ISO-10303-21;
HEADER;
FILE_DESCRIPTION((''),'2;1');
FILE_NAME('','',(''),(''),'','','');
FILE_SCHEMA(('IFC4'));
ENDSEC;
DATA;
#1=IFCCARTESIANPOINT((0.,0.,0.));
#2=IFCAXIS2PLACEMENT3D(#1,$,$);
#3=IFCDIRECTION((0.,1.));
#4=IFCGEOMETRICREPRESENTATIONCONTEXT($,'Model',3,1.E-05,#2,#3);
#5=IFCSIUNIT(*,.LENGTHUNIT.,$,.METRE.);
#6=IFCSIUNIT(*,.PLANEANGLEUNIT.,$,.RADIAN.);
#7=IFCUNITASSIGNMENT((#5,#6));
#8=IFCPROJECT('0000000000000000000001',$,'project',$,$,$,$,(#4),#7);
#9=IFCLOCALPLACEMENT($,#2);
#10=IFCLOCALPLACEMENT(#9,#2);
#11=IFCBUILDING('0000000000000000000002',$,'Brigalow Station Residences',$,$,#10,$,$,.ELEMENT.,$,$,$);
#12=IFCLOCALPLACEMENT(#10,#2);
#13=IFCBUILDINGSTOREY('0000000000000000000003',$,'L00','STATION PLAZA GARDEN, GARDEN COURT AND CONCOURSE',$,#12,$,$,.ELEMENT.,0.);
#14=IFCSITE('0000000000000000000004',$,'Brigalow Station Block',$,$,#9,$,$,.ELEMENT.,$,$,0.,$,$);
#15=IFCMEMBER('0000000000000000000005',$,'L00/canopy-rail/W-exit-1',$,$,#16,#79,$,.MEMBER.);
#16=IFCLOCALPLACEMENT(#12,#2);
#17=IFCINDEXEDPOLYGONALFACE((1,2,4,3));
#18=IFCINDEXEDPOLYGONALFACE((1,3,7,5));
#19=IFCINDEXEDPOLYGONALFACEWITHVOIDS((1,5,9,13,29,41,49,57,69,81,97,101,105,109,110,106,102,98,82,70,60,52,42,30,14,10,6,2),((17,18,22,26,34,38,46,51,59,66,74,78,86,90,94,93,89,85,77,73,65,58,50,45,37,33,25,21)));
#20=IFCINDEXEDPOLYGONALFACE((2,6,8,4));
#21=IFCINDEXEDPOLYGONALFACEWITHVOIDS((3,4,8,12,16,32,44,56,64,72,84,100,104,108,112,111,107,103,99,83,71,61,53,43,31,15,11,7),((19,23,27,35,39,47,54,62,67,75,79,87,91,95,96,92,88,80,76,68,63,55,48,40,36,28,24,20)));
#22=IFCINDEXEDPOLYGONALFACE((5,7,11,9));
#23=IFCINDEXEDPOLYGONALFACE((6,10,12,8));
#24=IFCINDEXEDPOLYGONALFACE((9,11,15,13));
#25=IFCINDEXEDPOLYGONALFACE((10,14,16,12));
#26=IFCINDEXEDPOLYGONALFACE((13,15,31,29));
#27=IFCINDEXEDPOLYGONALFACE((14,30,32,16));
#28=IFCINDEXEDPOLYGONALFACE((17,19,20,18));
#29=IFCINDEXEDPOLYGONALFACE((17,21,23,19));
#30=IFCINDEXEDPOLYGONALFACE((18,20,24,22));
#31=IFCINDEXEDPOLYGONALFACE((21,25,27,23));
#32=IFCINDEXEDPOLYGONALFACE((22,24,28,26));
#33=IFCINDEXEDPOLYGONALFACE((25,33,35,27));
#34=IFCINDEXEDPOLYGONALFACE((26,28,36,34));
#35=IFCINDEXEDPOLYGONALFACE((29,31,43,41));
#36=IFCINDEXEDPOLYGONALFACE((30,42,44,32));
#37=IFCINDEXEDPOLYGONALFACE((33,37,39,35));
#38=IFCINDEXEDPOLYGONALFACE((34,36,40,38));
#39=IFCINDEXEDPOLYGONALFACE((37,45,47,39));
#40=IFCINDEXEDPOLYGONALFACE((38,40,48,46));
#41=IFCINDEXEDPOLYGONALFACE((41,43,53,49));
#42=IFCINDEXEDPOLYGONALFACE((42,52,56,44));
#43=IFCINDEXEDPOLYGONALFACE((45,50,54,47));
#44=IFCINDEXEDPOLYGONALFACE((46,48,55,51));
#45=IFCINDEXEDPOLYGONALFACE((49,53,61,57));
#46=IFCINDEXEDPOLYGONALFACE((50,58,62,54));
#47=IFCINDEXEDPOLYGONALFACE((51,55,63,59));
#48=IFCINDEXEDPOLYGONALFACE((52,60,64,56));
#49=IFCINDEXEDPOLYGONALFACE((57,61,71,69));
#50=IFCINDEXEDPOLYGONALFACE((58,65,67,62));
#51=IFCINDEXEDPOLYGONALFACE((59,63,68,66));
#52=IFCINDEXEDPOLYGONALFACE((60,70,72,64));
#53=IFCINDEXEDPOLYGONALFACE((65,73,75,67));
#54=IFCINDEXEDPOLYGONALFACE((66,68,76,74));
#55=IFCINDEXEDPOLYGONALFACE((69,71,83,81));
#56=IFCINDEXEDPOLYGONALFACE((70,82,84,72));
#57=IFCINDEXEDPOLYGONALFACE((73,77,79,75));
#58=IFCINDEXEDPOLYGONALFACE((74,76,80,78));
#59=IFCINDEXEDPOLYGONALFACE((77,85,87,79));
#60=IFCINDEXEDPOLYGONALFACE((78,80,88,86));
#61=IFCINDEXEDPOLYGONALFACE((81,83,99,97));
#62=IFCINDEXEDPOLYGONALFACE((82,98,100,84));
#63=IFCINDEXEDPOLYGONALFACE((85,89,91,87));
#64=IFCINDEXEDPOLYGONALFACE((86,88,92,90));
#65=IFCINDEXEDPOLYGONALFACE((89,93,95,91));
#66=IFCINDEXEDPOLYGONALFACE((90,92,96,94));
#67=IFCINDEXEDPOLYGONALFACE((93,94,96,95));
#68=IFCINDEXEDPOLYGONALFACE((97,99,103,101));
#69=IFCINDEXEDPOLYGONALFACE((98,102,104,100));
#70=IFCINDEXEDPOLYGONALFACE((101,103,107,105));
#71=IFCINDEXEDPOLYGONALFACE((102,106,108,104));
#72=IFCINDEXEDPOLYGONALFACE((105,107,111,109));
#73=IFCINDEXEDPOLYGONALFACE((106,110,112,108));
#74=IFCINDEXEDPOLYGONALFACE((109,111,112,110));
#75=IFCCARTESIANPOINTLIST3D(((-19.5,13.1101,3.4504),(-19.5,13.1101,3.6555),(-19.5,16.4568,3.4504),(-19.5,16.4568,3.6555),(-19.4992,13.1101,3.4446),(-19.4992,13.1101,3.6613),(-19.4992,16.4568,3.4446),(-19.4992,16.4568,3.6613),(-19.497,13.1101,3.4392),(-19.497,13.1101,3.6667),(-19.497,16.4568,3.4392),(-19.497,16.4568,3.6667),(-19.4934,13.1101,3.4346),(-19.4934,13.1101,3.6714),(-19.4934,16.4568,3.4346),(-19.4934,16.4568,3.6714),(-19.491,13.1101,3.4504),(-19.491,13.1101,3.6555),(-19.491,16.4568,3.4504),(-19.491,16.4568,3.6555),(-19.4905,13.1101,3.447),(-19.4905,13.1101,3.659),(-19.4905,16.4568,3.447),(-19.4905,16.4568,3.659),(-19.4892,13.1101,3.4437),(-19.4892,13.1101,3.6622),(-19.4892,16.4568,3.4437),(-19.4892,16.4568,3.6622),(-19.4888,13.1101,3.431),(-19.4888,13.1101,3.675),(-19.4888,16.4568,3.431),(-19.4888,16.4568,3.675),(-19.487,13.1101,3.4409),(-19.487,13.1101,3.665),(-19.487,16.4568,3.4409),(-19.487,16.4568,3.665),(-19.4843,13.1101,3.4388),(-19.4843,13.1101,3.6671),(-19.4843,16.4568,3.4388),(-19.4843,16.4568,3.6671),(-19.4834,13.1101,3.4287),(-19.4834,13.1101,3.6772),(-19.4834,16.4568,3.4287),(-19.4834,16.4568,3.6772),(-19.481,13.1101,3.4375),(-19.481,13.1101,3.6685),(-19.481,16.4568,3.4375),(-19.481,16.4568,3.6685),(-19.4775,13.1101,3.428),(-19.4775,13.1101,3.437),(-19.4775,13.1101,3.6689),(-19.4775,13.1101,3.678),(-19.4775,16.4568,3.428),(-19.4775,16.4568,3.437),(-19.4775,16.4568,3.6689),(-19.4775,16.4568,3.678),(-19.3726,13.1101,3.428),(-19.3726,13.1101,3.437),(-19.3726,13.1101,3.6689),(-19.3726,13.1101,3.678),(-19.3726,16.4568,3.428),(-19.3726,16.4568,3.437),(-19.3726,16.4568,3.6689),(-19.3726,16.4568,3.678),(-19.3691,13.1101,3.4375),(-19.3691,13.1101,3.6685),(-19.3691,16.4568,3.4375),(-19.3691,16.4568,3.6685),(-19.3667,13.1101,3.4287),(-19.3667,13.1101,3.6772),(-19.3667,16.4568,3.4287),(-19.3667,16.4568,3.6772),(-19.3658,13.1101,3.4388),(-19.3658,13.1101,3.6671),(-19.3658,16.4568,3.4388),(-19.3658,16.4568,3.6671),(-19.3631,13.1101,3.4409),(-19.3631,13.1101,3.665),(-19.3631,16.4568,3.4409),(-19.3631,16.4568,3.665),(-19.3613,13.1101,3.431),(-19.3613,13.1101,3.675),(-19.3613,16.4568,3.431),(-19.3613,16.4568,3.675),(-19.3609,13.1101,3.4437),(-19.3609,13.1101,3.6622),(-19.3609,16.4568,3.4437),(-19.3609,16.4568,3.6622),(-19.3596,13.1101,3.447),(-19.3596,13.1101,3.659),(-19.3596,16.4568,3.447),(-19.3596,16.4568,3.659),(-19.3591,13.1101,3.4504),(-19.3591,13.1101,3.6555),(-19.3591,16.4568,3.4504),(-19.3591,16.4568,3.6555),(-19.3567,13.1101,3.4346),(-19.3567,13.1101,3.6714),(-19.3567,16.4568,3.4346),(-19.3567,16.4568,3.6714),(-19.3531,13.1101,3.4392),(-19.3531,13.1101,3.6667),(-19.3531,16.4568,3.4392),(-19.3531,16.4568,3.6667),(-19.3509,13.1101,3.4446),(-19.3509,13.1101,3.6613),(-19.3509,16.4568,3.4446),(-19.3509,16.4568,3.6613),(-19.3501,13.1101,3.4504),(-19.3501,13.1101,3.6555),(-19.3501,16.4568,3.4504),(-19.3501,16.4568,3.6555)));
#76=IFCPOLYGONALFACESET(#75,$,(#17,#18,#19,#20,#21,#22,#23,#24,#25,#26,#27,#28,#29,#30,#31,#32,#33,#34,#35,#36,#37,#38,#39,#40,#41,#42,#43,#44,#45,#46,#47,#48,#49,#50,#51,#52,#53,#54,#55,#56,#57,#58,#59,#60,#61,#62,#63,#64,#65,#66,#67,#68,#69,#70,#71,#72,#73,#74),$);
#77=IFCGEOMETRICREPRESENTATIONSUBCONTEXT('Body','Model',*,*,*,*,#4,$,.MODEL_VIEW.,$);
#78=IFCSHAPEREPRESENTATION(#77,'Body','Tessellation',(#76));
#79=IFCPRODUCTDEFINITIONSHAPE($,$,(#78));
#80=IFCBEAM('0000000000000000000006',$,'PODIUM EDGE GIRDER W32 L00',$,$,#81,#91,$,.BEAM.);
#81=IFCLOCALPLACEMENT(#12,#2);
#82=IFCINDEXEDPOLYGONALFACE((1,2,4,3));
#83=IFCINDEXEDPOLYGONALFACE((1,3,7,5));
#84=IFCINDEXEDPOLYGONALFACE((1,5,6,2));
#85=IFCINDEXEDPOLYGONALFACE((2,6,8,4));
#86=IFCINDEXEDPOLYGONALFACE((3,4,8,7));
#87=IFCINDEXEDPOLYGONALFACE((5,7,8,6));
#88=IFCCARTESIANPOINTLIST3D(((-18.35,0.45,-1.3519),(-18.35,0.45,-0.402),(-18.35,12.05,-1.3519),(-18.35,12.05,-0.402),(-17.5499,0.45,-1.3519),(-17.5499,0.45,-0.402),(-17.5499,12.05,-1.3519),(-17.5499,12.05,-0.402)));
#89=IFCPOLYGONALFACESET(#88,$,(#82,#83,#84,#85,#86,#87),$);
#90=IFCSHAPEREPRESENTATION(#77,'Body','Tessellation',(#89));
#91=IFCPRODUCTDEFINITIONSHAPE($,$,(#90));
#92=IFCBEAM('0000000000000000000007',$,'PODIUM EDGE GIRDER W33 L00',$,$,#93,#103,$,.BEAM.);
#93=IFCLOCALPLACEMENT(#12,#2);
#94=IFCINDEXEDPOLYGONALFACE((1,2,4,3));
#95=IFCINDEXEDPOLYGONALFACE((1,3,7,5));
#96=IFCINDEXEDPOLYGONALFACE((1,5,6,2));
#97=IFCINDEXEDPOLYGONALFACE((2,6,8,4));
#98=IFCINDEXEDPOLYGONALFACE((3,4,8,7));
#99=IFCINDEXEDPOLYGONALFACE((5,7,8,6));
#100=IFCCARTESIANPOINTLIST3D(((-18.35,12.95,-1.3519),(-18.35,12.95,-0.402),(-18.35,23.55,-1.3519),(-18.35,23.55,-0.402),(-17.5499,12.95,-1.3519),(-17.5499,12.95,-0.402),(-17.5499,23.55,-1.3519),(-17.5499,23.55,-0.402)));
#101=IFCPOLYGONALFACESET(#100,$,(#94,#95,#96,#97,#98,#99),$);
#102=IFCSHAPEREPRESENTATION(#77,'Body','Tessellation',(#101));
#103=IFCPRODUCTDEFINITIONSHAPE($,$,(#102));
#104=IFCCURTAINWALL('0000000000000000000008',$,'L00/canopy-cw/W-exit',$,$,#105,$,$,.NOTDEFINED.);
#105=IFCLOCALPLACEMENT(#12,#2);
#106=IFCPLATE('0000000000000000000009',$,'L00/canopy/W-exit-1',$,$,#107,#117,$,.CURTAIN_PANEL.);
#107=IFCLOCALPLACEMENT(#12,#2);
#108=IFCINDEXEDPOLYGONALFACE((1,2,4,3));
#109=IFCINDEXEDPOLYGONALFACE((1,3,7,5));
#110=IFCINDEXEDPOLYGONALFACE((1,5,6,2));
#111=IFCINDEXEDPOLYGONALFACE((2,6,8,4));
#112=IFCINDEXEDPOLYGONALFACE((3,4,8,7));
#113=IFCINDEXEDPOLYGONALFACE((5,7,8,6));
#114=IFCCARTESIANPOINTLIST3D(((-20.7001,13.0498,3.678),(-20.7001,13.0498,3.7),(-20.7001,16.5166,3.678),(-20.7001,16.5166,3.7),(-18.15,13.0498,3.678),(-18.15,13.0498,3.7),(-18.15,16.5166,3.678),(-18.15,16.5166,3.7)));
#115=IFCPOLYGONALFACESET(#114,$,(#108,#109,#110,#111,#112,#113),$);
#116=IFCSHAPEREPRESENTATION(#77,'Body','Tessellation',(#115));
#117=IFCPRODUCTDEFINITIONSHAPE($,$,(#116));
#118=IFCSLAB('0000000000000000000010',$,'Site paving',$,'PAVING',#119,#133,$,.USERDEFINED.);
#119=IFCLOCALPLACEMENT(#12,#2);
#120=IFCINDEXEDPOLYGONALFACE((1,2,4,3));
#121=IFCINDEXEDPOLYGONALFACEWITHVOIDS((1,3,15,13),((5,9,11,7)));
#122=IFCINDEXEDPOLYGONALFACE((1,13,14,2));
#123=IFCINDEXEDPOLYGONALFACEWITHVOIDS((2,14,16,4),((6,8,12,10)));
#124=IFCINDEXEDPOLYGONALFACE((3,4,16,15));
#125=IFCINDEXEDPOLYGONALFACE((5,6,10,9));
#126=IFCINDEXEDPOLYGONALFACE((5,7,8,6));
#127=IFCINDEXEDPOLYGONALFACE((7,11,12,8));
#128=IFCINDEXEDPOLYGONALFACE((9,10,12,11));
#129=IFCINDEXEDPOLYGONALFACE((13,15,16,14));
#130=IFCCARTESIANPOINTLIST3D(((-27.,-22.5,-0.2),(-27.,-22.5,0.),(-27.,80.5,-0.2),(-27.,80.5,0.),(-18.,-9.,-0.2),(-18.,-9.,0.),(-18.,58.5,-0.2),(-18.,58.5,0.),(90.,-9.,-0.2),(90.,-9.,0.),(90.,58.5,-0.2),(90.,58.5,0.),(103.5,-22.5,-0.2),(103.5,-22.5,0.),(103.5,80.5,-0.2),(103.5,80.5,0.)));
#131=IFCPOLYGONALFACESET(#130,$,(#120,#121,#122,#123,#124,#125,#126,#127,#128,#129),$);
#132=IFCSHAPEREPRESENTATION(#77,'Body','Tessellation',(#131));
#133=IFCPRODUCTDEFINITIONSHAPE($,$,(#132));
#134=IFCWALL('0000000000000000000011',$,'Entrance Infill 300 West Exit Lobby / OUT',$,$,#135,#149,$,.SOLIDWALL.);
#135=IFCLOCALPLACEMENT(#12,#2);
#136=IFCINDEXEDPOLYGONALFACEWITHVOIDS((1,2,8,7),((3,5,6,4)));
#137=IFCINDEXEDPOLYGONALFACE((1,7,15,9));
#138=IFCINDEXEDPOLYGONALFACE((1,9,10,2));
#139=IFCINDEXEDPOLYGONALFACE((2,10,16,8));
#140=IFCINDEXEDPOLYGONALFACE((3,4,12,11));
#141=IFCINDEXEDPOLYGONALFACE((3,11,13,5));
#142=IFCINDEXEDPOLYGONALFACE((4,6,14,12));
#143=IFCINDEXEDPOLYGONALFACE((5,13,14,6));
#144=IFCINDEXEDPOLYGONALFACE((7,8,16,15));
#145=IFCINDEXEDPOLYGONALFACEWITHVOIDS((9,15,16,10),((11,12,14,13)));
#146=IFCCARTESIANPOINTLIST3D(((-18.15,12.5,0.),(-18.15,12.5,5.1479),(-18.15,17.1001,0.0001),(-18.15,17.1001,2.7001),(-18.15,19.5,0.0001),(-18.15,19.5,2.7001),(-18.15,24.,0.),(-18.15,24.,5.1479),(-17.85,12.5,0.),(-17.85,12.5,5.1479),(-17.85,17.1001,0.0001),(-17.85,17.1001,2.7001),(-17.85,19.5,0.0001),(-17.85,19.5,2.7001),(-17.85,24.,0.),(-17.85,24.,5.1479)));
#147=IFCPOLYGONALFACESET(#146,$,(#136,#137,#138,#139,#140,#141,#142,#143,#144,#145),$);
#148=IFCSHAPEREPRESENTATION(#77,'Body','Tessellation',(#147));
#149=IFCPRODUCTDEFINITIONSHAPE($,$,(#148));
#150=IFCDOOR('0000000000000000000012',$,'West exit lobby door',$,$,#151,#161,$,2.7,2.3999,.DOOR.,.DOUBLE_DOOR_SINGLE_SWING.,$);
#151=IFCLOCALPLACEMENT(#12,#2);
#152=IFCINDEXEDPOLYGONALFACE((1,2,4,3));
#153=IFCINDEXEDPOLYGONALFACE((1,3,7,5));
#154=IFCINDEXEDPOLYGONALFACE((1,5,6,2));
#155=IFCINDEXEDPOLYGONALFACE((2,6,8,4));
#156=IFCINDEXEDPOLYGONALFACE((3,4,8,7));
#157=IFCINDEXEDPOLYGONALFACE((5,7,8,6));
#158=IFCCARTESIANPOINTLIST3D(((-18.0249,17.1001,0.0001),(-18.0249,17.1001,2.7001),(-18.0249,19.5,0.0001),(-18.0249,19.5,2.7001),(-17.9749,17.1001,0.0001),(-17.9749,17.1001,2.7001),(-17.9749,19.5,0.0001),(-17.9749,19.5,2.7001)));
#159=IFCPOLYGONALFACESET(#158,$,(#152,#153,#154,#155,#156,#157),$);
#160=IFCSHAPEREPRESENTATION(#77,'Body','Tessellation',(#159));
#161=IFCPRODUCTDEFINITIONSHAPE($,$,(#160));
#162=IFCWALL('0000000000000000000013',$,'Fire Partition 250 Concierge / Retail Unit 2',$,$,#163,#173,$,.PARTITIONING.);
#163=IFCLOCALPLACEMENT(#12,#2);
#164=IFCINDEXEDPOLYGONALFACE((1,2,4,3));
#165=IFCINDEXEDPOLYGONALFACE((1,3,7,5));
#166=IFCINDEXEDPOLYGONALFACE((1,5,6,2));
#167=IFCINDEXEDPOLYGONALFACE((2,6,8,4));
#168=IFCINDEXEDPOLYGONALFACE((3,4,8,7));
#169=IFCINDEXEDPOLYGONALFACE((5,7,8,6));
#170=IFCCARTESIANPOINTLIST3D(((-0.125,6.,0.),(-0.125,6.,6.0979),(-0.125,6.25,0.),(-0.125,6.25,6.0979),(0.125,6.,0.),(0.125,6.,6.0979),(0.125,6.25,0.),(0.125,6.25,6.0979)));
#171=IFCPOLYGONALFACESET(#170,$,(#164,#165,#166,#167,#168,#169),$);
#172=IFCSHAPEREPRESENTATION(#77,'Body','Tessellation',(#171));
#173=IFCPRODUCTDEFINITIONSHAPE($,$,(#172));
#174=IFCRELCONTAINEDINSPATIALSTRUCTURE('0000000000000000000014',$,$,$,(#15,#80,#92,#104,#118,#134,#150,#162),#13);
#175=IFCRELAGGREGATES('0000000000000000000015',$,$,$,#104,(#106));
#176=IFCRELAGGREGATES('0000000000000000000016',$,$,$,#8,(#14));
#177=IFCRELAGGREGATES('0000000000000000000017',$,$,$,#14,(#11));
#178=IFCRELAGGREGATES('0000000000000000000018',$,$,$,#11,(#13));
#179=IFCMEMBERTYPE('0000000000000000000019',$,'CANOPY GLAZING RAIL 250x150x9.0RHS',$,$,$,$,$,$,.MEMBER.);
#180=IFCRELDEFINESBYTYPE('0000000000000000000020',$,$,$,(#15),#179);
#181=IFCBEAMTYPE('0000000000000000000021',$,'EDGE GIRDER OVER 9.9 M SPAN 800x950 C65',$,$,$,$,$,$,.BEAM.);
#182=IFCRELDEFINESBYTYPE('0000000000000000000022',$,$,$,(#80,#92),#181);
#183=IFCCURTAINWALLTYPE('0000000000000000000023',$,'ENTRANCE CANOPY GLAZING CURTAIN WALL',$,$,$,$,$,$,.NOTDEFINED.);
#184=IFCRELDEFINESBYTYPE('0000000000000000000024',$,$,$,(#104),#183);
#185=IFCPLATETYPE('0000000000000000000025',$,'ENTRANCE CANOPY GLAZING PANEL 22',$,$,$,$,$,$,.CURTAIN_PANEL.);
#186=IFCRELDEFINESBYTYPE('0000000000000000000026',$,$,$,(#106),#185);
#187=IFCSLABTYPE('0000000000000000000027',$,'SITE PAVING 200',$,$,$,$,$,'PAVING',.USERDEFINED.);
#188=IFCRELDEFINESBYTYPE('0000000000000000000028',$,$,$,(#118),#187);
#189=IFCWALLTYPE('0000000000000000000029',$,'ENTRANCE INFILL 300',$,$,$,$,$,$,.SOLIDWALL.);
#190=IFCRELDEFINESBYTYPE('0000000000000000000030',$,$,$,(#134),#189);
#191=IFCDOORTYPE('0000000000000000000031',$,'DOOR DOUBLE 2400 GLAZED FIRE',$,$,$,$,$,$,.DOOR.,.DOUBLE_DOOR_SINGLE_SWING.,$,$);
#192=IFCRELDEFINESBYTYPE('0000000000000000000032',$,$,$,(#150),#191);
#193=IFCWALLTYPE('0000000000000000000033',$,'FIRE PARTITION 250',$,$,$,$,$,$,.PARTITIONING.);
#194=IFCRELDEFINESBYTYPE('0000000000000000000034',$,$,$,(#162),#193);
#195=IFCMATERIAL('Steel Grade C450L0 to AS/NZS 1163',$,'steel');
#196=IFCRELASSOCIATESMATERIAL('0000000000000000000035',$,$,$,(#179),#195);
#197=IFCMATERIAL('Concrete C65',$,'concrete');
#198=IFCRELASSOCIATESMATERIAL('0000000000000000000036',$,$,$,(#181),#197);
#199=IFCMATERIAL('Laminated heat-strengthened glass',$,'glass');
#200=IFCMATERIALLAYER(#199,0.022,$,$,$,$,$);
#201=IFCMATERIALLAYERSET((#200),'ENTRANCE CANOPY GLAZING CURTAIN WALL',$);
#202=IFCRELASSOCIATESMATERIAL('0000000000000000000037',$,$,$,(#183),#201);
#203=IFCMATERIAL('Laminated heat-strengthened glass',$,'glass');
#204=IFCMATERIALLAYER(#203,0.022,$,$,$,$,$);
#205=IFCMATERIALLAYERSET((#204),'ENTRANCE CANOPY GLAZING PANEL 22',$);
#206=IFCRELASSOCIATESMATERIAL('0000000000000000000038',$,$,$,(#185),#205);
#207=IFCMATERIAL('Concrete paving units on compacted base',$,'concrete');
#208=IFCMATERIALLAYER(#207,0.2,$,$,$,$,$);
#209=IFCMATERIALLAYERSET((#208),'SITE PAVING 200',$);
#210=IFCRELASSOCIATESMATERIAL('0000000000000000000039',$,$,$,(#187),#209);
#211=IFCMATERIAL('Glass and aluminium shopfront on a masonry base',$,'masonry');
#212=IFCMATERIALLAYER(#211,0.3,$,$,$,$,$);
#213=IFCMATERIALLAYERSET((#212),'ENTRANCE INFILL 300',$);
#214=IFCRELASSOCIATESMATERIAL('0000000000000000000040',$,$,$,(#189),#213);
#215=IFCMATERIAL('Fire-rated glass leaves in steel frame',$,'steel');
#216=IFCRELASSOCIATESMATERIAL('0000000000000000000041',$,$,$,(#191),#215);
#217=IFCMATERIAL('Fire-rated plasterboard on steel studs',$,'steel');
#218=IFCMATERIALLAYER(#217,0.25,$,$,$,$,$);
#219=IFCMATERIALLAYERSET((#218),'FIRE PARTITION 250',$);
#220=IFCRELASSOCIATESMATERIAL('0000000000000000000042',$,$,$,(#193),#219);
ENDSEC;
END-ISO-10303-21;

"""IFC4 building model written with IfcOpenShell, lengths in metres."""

from ifc_helpers import new_model, si_unit, direction, frame, frame_2d, origin, origin_2d, place, context, subcontext, project, spatial, polyline, rectangle, hollow_rectangle, outline, extrude, material, layer, layer_set, material_profile, profile_set, type_object, element, fill, aggregate, save


model = new_model("IFC4")

# Units and contexts
model_context = context("Model", 3, precision=1e-05, world=origin(), true_north=direction((0.0, 1.0)))
body_context = subcontext(model_context, "Body", "Model", "MODEL_VIEW")
ifc_project = project(units=[si_unit("LENGTHUNIT", "METRE"), si_unit("PLANEANGLEUNIT", "RADIAN")], contexts=[model_context])

# Site, building, storey
site_placement = place(None, origin())
site = spatial("IfcSite", under=ifc_project, at=site_placement, Name="Brigalow Station Block", CompositionType="ELEMENT", RefElevation=0.0)
building_placement = place(site_placement, origin())
building = spatial("IfcBuilding", under=site, at=building_placement, Name="Brigalow Station Residences", CompositionType="ELEMENT")
storey_placement = place(building_placement, origin())
storey = spatial("IfcBuildingStorey", under=building, at=storey_placement, Name="L00", Description="STATION PLAZA GARDEN, GARDEN COURT AND CONCOURSE", CompositionType="ELEMENT", Elevation=0.0)

# Member
ifc_material_1 = material(Name="Steel Grade C450L0 to AS/NZS 1163", Category="steel")
ifc_material_profile_1 = material_profile(ifc_material_1, hollow_rectangle(XDim=0.1499, YDim=0.25, WallThickness=0.009, InnerFilletRadius=0.0134, OuterFilletRadius=0.0225, at=origin_2d()), Name="250x150x9.0RHS")
ifc_profile_set_1 = profile_set([ifc_material_profile_1], Name="Steel Grade C450L0 to AS/NZS 1163")
member_type = type_object("IfcMemberType", Name="CANOPY GLAZING RAIL 250x150x9.0RHS", PredefinedType="MEMBER", material=ifc_profile_set_1)
member_placement = place(storey_placement, frame((-19.425, 13.1101, 3.553), z_axis=(0.0, 1.0, 0.0), x_axis=(-1.0, 0.0, 0.0)))
element("IfcMember", 1, at=member_placement, inside=storey, type_object=member_type, Name="L00/canopy-rail/W-exit-1", PredefinedType="MEMBER", context=body_context, shape_type="SweptSolid", body=[
    extrude(hollow_rectangle(XDim=0.1499, YDim=0.25, WallThickness=0.009, InnerFilletRadius=0.0134, OuterFilletRadius=0.0225, at=origin_2d()), origin(), (0.0, 0.0, 1.0), 3.3467),
])

# Beams
ifc_material_2 = material(Name="Concrete C65", Category="concrete")
ifc_material_profile_2 = material_profile(ifc_material_2, rectangle(XDim=0.8, YDim=0.95, at=origin_2d()), Name="RC800x950")
ifc_profile_set_2 = profile_set([ifc_material_profile_2], Name="Concrete C65")
beam_type_1 = type_object("IfcBeamType", Name="EDGE GIRDER OVER 9.9 M SPAN 800x950 C65", PredefinedType="BEAM", material=ifc_profile_set_2)
beam_1_placement = place(storey_placement, frame((-17.95, 0.45, -0.877), z_axis=(0.0, 1.0, 0.0), x_axis=(-1.0, 0.0, 0.0)))
element("IfcBeam", 2, at=beam_1_placement, inside=storey, type_object=beam_type_1, Name="PODIUM EDGE GIRDER W32 L00", PredefinedType="BEAM", context=body_context, shape_type="SweptSolid", body=[
    extrude(rectangle(XDim=0.8, YDim=0.95, at=origin_2d()), origin(), (0.0, 0.0, 1.0), 11.6001),
])
beam_2_placement = place(storey_placement, frame((-17.95, 12.95, -0.877), z_axis=(0.0, 1.0, 0.0), x_axis=(-1.0, 0.0, 0.0)))
element("IfcBeam", 3, at=beam_2_placement, inside=storey, type_object=beam_type_1, Name="PODIUM EDGE GIRDER W33 L00", PredefinedType="BEAM", context=body_context, shape_type="SweptSolid", body=[
    extrude(rectangle(XDim=0.8, YDim=0.95, at=origin_2d()), origin(), (0.0, 0.0, 1.0), 10.6001),
])

# Curtain wall, plate
ifc_material_3 = material(Name="Laminated heat-strengthened glass", Category="glass")
ifc_layer_1 = layer(ifc_material_3, 0.022)
ifc_layer_set_1 = layer_set([ifc_layer_1], Name="ENTRANCE CANOPY GLAZING CURTAIN WALL")
curtain_wall_type = type_object("IfcCurtainWallType", Name="ENTRANCE CANOPY GLAZING CURTAIN WALL", PredefinedType="NOTDEFINED", material=ifc_layer_set_1)
curtain_wall_placement = place(storey_placement, origin())
curtain_wall = element("IfcCurtainWall", 4, at=curtain_wall_placement, inside=storey, type_object=curtain_wall_type, Name="L00/canopy-cw/W-exit", PredefinedType="NOTDEFINED")
ifc_material_4 = material(Name="Laminated heat-strengthened glass", Category="glass")
ifc_layer_2 = layer(ifc_material_4, 0.022)
ifc_layer_set_2 = layer_set([ifc_layer_2], Name="ENTRANCE CANOPY GLAZING PANEL 22")
plate_type = type_object("IfcPlateType", Name="ENTRANCE CANOPY GLAZING PANEL 22", PredefinedType="CURTAIN_PANEL", material=ifc_layer_set_2)
plate_placement = place(storey_placement, frame((-19.425, 14.7832, 3.678), z_axis=(0.0, 0.0, 1.0), x_axis=(0.0, 1.0, 0.0)))
plate = element("IfcPlate", 5, at=plate_placement, type_object=plate_type, Name="L00/canopy/W-exit-1", PredefinedType="CURTAIN_PANEL", context=body_context, shape_type="SweptSolid", body=[
    extrude(rectangle(XDim=3.4668, YDim=2.55, at=origin_2d()), origin(), (0.0, 0.0, 1.0), 0.022),
])
aggregate(curtain_wall, [plate])

# Slab
ifc_material_5 = material(Name="Concrete paving units on compacted base", Category="concrete")
ifc_layer_3 = layer(ifc_material_5, 0.2)
ifc_layer_set_3 = layer_set([ifc_layer_3], Name="SITE PAVING 200")
slab_type = type_object("IfcSlabType", Name="SITE PAVING 200", ElementType="PAVING", PredefinedType="USERDEFINED", material=ifc_layer_set_3)
slab_placement = place(storey_placement, frame((0.0, 0.0, -0.2)))
element("IfcSlab", 6, at=slab_placement, inside=storey, type_object=slab_type, Name="Site paving", ObjectType="PAVING", PredefinedType="USERDEFINED", context=body_context, shape_type="SweptSolid", body=[
    extrude(outline(polyline([(103.5, -22.5), (103.5, 80.5), (-27.0, 80.5), (-27.0, -22.5), (103.5, -22.5)]), holes=[polyline([(90.0, -9.0), (90.0, 58.5), (-18.0, 58.5), (-18.0, -9.0), (90.0, -9.0)])]), origin(), (0.0, 0.0, 1.0), 0.2),
])

# Wall, opening, door
ifc_material_6 = material(Name="Glass and aluminium shopfront on a masonry base", Category="masonry")
ifc_layer_4 = layer(ifc_material_6, 0.3)
ifc_layer_set_4 = layer_set([ifc_layer_4], Name="ENTRANCE INFILL 300")
wall_type_1 = type_object("IfcWallType", Name="ENTRANCE INFILL 300", PredefinedType="SOLIDWALL", material=ifc_layer_set_4)
wall_1_placement = place(storey_placement, frame((-18.0, 12.5, 0.0), z_axis=(0.0, 0.0, 1.0), x_axis=(0.0, 1.0, 0.0)))
wall_1 = element("IfcWall", 7, at=wall_1_placement, inside=storey, type_object=wall_type_1, Name="Entrance Infill 300 West Exit Lobby / OUT", PredefinedType="SOLIDWALL", context=body_context, shape_type="SweptSolid", body=[
    extrude(rectangle(XDim=11.5, YDim=0.3, at=frame_2d((5.75, 0.0))), origin(), (0.0, 0.0, 1.0), 5.1479),
])
opening_1_placement = place(wall_1_placement, frame((4.6001, 0.0, 0.0)))
opening_1 = element("IfcOpeningElement", 8, at=opening_1_placement, cuts=wall_1, PredefinedType="OPENING", context=body_context, shape_type="SweptSolid", body=[
    extrude(rectangle(XDim=2.3999, YDim=2.7, at=frame_2d((1.2, 1.3501))), frame((0.0, 0.1602, 0.0), z_axis=(0.0, -1.0, 0.0), x_axis=(1.0, 0.0, 0.0)), (0.0, 0.0, 1.0), 0.3201),
])
ifc_material_7 = material(Name="Fire-rated glass leaves in steel frame", Category="steel")
door_type_1 = type_object("IfcDoorType", Name="DOOR DOUBLE 2400 GLAZED FIRE", OperationType="DOUBLE_DOOR_SINGLE_SWING", PredefinedType="DOOR", material=ifc_material_7)
door_1_placement = place(opening_1_placement, origin())
door_1 = element("IfcDoor", 9, at=door_1_placement, inside=storey, type_object=door_type_1, Name="West exit lobby door", OperationType="DOUBLE_DOOR_SINGLE_SWING", OverallHeight=2.7, OverallWidth=2.3999, PredefinedType="DOOR", context=body_context, shape_type="SweptSolid", body=[
    extrude(rectangle(XDim=2.3999, YDim=2.7, at=frame_2d((1.2, 1.3501))), frame((0.0, 0.0249, 0.0), z_axis=(0.0, -1.0, 0.0), x_axis=(1.0, 0.0, 0.0)), (0.0, 0.0, 1.0), 0.05),
])
fill(opening_1, door_1)

# Wall
ifc_material_8 = material(Name="Fire-rated plasterboard on steel studs", Category="steel")
ifc_layer_5 = layer(ifc_material_8, 0.25)
ifc_layer_set_5 = layer_set([ifc_layer_5], Name="FIRE PARTITION 250")
wall_type_2 = type_object("IfcWallType", Name="FIRE PARTITION 250", PredefinedType="PARTITIONING", material=ifc_layer_set_5)
wall_2_placement = place(storey_placement, frame((0.0, 6.0, 0.0), z_axis=(0.0, 0.0, 1.0), x_axis=(0.0, 1.0, 0.0)))
element("IfcWall", 10, at=wall_2_placement, inside=storey, type_object=wall_type_2, Name="Fire Partition 250 Concierge / Retail Unit 2", PredefinedType="PARTITIONING", context=body_context, shape_type="SweptSolid", body=[
    extrude(rectangle(XDim=0.25, YDim=0.25, at=frame_2d((0.125, 0.0))), origin(), (0.0, 0.0, 1.0), 6.0979),
])

save(model, "model.ifc")
